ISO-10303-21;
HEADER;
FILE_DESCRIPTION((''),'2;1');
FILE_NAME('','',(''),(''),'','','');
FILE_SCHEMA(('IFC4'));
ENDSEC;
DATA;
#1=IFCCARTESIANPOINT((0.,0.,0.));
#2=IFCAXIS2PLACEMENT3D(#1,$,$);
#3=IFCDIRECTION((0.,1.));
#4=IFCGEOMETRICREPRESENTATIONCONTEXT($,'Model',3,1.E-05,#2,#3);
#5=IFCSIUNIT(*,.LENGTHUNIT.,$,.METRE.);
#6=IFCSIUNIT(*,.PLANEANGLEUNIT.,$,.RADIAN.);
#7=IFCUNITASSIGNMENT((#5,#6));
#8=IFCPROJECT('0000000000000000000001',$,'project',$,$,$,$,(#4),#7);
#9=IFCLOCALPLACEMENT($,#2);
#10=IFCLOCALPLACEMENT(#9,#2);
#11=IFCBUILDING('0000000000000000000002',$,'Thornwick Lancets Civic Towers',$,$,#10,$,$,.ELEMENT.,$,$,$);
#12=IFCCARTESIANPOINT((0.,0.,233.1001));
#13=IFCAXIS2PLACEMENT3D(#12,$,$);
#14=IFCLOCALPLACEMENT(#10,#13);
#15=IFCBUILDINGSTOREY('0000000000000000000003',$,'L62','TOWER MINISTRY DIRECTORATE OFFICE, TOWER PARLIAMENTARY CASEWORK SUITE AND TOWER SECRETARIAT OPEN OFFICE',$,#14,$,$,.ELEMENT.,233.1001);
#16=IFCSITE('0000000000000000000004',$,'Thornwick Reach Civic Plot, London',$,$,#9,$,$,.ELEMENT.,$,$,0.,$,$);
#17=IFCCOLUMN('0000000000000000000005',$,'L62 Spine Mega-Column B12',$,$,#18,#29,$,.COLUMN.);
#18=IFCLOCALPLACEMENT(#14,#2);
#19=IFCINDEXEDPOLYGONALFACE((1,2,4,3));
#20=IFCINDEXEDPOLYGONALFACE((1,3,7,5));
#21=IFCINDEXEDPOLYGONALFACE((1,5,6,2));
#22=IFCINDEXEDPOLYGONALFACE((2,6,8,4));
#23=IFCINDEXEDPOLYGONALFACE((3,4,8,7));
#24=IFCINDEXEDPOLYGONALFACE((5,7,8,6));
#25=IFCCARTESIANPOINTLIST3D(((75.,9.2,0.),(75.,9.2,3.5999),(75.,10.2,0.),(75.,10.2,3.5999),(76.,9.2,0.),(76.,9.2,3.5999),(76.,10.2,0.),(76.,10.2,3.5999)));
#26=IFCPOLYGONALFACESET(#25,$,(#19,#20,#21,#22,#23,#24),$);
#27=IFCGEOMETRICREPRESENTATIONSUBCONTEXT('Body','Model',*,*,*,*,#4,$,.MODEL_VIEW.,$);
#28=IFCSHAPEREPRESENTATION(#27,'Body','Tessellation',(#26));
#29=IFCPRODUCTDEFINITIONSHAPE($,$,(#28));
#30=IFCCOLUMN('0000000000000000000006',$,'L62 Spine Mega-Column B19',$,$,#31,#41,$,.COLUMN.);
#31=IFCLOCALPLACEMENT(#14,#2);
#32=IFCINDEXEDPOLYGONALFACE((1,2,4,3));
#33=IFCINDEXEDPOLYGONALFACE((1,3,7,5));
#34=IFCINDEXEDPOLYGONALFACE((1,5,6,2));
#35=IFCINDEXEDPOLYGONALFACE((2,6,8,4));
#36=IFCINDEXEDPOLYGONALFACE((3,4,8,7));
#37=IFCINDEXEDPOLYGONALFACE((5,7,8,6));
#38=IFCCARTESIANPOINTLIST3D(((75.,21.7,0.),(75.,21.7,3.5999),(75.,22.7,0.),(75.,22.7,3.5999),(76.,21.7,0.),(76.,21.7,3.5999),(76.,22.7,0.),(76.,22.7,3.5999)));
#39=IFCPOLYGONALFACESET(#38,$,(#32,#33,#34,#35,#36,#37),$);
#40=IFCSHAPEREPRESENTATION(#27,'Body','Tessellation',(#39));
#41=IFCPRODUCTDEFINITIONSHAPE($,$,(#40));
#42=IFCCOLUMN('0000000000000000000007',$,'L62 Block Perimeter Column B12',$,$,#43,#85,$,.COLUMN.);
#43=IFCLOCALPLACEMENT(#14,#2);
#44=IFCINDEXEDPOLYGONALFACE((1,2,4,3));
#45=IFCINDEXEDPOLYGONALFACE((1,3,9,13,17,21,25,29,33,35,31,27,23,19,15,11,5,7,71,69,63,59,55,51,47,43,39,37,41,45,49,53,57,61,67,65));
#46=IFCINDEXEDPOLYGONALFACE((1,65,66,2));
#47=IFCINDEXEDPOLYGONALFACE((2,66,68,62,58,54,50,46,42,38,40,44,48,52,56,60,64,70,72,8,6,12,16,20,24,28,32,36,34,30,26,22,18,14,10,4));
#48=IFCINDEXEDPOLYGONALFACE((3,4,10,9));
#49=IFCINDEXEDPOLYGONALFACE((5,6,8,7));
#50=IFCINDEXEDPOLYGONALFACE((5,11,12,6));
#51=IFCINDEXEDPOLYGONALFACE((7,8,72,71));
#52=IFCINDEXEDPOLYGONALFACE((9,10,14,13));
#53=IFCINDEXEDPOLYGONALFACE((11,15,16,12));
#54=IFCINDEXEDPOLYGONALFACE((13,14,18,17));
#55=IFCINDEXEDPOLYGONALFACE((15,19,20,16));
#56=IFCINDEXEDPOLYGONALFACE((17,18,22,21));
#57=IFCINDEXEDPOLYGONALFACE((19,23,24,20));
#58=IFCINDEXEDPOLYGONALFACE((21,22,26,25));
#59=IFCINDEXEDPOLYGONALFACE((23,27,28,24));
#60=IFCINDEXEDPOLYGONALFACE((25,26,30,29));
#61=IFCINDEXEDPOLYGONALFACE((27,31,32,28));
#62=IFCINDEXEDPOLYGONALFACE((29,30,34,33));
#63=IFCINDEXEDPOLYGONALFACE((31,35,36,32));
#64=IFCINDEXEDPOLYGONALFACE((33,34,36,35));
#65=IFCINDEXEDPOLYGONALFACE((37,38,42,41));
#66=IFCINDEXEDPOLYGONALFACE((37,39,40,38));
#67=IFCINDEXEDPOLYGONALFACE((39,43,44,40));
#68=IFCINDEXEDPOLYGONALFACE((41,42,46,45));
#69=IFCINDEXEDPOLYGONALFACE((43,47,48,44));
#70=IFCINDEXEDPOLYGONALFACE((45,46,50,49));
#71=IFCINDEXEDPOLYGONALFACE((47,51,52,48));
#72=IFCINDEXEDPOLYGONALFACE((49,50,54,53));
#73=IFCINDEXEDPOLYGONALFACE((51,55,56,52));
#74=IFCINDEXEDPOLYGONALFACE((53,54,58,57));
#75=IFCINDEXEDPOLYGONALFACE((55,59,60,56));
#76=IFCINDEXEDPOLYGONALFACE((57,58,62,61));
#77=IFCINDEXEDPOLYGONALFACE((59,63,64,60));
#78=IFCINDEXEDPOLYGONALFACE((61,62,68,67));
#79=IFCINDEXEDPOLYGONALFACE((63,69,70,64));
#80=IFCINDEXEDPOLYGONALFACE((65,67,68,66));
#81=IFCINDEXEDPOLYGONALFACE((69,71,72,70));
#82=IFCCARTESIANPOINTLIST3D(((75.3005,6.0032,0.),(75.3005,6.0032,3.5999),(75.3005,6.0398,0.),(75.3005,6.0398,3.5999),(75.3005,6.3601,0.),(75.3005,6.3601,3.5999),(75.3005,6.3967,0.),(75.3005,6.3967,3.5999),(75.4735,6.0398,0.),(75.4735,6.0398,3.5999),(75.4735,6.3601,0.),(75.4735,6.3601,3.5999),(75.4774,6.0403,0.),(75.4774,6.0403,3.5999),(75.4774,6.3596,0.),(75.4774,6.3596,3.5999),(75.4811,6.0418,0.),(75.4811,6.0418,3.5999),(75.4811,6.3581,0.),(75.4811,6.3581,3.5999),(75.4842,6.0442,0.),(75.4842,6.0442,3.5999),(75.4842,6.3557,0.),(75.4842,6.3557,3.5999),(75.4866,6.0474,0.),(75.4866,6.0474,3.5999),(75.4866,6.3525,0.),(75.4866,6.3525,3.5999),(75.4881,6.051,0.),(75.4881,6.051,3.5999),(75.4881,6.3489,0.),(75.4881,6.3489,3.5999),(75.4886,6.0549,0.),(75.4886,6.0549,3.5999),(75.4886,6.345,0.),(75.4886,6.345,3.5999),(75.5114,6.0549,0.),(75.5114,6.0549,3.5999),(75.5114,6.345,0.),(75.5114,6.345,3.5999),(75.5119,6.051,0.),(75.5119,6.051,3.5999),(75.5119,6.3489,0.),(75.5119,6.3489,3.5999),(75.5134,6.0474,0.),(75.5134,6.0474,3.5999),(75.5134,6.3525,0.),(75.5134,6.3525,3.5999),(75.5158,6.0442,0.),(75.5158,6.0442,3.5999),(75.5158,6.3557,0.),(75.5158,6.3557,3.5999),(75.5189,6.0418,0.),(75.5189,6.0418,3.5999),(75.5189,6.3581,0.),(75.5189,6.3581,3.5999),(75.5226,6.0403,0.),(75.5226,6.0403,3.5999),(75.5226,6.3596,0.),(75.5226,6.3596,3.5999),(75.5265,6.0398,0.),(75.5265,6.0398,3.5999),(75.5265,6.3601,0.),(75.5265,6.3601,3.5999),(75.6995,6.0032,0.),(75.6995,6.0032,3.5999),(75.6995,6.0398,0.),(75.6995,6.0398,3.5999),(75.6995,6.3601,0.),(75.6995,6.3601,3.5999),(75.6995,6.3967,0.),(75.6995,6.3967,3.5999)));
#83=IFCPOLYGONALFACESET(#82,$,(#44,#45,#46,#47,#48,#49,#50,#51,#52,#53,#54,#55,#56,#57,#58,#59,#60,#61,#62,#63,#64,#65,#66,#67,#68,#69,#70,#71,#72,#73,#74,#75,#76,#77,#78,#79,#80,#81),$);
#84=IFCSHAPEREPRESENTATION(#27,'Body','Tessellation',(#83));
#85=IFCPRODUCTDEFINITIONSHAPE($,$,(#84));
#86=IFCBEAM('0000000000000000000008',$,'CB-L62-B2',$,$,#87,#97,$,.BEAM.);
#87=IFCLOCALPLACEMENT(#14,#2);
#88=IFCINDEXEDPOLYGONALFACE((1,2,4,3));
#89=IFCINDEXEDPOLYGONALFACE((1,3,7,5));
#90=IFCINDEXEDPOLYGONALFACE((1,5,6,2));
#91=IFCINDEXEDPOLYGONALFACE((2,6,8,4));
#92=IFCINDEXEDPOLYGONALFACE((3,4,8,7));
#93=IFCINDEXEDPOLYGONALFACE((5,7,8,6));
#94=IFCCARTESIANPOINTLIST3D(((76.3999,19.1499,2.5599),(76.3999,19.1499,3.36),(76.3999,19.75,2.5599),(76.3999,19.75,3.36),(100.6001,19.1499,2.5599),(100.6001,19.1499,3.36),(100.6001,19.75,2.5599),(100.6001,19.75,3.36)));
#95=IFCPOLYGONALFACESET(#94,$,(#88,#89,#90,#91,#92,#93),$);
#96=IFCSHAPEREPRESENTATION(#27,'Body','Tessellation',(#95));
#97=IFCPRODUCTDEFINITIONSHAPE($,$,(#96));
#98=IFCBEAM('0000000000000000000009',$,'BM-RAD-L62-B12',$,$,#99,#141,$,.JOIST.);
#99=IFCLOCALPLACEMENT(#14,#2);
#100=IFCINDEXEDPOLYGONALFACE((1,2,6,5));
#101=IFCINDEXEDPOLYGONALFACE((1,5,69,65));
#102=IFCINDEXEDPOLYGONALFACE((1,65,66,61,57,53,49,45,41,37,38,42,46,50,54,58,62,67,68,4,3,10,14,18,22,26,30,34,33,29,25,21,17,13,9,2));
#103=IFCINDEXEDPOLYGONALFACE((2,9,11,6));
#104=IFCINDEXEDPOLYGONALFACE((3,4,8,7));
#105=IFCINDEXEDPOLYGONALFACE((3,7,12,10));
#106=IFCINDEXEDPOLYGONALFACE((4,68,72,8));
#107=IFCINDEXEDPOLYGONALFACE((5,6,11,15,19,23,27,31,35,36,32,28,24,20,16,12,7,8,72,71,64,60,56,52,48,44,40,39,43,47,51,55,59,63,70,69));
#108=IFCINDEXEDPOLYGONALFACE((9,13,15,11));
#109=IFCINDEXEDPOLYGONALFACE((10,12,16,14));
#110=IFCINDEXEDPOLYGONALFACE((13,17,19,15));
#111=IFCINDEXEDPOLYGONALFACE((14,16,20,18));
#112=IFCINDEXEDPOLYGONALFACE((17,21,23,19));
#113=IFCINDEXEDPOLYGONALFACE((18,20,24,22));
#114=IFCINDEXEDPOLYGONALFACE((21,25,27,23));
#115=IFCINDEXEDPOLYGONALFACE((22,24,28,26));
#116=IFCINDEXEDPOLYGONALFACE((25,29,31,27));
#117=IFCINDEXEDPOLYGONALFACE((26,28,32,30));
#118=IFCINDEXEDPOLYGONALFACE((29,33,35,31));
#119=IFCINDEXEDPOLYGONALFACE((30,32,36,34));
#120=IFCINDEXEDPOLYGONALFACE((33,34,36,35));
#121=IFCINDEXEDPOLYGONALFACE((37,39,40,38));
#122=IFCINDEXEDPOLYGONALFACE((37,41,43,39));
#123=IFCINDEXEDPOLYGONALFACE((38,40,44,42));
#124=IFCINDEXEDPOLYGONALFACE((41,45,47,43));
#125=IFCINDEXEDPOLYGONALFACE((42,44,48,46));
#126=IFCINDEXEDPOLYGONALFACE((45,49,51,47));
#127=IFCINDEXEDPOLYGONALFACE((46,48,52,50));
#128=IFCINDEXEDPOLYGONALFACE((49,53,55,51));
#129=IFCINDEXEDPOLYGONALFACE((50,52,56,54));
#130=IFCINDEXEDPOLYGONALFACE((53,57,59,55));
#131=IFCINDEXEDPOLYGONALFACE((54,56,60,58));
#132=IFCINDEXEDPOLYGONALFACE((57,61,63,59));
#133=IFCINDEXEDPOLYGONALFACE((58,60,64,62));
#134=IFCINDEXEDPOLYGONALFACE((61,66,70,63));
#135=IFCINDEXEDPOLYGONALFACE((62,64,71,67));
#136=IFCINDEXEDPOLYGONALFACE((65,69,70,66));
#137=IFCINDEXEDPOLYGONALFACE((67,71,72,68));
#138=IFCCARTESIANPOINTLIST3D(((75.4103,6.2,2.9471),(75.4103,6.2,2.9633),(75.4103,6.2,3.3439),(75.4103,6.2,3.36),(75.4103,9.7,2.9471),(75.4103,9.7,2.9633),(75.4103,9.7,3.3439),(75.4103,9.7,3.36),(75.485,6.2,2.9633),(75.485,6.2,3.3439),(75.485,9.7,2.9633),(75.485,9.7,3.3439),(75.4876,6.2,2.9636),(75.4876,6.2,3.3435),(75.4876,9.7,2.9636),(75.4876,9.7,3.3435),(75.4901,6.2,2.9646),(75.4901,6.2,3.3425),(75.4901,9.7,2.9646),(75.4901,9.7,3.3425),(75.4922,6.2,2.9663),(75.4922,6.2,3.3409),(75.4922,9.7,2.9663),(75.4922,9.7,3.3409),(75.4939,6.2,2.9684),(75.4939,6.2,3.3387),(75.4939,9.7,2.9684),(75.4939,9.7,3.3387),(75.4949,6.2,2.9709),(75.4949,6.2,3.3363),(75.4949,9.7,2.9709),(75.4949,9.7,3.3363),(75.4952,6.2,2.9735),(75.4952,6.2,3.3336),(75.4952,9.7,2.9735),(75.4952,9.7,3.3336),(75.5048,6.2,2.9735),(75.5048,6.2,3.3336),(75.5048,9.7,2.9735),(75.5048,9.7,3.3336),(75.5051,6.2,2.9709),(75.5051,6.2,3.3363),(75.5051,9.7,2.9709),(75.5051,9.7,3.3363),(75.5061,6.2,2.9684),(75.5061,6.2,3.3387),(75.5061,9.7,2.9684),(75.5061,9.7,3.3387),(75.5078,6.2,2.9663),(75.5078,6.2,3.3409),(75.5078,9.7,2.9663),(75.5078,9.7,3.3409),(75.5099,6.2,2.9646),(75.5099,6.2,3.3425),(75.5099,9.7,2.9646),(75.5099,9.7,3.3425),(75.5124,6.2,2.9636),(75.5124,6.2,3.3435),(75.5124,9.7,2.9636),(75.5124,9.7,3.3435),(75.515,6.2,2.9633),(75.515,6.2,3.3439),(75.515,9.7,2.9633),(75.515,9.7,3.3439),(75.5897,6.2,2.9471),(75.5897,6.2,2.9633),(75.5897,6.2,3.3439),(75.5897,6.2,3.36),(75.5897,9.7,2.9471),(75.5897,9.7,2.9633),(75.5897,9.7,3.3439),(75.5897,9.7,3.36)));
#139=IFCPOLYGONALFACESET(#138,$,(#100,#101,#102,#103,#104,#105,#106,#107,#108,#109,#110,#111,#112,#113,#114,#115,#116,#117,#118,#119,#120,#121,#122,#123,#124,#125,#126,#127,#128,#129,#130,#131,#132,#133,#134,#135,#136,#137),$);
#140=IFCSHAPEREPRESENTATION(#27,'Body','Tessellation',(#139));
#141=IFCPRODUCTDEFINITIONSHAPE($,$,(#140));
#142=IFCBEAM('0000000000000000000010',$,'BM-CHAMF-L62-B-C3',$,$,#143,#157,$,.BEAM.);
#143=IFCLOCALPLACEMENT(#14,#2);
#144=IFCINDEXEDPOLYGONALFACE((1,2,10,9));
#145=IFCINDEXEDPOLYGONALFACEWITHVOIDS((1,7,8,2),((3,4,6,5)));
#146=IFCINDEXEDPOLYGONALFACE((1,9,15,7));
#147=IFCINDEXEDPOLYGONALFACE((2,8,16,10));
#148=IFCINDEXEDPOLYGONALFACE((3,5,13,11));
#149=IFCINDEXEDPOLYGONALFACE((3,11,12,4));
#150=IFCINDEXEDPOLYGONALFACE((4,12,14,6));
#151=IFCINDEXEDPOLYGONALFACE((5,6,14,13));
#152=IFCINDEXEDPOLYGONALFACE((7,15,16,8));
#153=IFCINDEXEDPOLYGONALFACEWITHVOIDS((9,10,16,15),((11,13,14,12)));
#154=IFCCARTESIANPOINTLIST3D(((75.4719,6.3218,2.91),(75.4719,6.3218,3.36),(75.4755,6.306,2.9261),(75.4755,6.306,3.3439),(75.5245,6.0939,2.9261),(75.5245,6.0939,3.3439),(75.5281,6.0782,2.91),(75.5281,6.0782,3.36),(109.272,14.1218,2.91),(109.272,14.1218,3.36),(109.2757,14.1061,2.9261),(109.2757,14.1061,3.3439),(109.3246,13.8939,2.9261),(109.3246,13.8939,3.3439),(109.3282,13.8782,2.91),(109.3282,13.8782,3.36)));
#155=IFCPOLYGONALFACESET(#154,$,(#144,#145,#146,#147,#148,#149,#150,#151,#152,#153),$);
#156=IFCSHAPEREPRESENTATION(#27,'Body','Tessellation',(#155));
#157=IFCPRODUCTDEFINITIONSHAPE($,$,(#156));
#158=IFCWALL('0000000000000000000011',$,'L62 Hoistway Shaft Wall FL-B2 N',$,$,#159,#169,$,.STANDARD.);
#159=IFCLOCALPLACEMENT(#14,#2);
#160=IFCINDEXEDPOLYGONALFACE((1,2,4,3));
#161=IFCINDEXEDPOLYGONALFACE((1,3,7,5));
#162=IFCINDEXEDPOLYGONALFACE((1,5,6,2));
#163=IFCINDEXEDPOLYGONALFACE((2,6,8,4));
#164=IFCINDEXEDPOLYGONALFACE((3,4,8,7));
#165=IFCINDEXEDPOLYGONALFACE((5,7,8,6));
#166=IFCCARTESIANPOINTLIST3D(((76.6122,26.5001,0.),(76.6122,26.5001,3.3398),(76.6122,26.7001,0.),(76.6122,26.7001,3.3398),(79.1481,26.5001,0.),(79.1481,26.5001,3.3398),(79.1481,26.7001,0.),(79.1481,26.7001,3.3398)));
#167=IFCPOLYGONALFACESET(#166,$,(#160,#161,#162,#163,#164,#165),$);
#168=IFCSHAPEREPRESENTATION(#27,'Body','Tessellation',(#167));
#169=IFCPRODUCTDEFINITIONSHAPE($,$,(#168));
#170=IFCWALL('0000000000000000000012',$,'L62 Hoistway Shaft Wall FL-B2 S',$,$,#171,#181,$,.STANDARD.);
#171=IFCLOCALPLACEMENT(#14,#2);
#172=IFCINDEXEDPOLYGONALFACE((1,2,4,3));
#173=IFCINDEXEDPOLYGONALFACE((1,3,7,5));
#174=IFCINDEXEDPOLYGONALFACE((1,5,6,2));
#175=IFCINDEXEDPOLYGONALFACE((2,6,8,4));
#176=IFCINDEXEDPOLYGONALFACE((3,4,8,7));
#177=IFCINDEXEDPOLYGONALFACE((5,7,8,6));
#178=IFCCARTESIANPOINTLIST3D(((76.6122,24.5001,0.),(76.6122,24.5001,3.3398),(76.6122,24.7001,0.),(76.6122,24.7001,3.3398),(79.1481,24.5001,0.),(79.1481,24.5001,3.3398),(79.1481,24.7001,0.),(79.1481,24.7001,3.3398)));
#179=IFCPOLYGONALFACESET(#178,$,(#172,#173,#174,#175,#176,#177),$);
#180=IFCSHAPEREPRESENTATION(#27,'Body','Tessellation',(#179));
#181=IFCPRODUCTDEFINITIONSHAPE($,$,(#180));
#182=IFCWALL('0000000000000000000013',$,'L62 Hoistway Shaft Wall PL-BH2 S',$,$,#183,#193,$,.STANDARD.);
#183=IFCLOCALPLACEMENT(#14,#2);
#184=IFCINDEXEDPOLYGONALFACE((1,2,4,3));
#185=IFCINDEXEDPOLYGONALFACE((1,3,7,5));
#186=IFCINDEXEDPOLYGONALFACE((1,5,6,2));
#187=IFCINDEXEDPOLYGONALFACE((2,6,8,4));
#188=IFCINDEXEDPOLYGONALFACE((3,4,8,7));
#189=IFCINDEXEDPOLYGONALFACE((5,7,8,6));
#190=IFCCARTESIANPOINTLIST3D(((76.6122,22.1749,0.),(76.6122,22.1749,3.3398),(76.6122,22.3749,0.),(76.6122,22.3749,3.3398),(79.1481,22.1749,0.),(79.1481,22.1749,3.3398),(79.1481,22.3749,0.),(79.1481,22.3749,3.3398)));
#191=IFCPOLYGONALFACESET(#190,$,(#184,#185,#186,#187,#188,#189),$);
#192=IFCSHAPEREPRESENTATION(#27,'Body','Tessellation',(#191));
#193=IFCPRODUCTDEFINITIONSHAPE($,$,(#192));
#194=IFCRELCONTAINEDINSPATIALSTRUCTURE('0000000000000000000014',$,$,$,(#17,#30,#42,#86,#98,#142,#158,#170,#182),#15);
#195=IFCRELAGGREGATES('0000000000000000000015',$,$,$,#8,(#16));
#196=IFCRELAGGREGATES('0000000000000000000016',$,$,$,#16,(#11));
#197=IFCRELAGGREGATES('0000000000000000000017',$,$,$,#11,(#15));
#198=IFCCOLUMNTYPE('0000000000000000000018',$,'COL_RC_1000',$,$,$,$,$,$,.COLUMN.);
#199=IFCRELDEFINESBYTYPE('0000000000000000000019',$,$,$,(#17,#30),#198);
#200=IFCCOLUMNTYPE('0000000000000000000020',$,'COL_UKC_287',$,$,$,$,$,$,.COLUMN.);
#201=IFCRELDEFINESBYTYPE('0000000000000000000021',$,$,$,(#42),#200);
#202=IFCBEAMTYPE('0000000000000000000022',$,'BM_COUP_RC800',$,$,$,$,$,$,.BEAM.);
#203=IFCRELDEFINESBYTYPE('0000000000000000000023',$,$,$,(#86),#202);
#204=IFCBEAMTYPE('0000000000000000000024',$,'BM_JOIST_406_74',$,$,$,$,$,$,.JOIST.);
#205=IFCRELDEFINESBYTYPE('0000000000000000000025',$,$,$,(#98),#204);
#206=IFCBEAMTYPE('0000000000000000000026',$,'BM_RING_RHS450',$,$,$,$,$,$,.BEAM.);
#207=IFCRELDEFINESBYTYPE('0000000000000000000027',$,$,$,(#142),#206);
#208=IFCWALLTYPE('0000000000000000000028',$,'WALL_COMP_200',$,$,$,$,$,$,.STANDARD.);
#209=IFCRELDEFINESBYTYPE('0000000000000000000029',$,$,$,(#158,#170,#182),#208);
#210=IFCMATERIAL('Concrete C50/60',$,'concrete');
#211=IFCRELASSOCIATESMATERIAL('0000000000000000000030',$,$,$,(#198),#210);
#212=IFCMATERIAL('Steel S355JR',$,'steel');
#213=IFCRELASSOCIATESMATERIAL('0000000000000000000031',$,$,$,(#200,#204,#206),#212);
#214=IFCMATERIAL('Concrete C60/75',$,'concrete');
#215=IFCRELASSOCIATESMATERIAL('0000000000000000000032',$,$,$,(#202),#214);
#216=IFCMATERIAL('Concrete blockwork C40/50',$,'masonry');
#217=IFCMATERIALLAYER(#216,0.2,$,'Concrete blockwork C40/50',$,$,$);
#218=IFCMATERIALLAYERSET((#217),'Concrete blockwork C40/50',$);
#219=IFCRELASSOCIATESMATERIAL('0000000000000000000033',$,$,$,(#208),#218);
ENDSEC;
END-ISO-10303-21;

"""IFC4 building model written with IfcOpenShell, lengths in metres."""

from ifc_helpers import new_model, si_unit, direction, frame, frame_2d, origin, origin_2d, place, context, subcontext, project, spatial, rectangle, hollow_rectangle, i_section, extrude, material, layer, layer_set, material_profile, profile_set, type_object, element, save


model = new_model("IFC4")

# Units and contexts
model_context = context("Model", 3, precision=1e-05, world=origin(), true_north=direction((0.0, 1.0)))
body_context = subcontext(model_context, "Body", "Model", "MODEL_VIEW")
ifc_project = project(units=[si_unit("LENGTHUNIT", "METRE"), si_unit("PLANEANGLEUNIT", "RADIAN")], contexts=[model_context])

# Site, building, storey
site_placement = place(None, origin())
site = spatial("IfcSite", under=ifc_project, at=site_placement, Name="Thornwick Reach Civic Plot, London", CompositionType="ELEMENT", RefElevation=0.0)
building_placement = place(site_placement, origin())
building = spatial("IfcBuilding", under=site, at=building_placement, Name="Thornwick Lancets Civic Towers", CompositionType="ELEMENT")
storey_placement = place(building_placement, frame((0.0, 0.0, 233.1001)))
storey = spatial("IfcBuildingStorey", under=building, at=storey_placement, Name="L62", Description="TOWER MINISTRY DIRECTORATE OFFICE, TOWER PARLIAMENTARY CASEWORK SUITE AND TOWER SECRETARIAT OPEN OFFICE", CompositionType="ELEMENT", Elevation=233.1001)

# Columns
ifc_material_1 = material(Name="Concrete C50/60", Category="concrete")
ifc_material_profile_1 = material_profile(ifc_material_1, rectangle(XDim=1.0, YDim=1.0, at=origin_2d()), Name="RC 1000x1000")
ifc_profile_set_1 = profile_set([ifc_material_profile_1], Name="Concrete C50/60")
column_type_1 = type_object("IfcColumnType", Name="COL_RC_1000", PredefinedType="COLUMN", material=ifc_profile_set_1)
for number, where, z_axis, x_axis, name in (
    (1, (75.5, 9.7, 0.0), (0.0, 0.0, 1.0), (1.0, 0.0, 0.0), "L62 Spine Mega-Column B12"),
    (2, (75.5, 22.2, 0.0), (0.0, 0.0, 1.0), (1.0, 0.0, 0.0), "L62 Spine Mega-Column B19"),
):
    element("IfcColumn", number, at=place(storey_placement, frame(where, z_axis=z_axis, x_axis=x_axis)), inside=storey, type_object=column_type_1, Name=name, PredefinedType="COLUMN", context=body_context, shape_type="SweptSolid", body=[
        extrude(rectangle(XDim=1.0, YDim=1.0, at=origin_2d()), origin(), (0.0, 0.0, 1.0), 3.5999),
    ])
ifc_material_2 = material(Name="Steel S355JR", Category="steel")
ifc_material_profile_2 = material_profile(ifc_material_2, i_section(OverallWidth=0.3989, OverallDepth=0.3936, WebThickness=0.0227, FlangeThickness=0.0366, FilletRadius=0.0151, at=origin_2d()), Name="UKC 356x406x287")
ifc_profile_set_2 = profile_set([ifc_material_profile_2], Name="Steel S355JR")
column_type_2 = type_object("IfcColumnType", Name="COL_UKC_287", PredefinedType="COLUMN", material=ifc_profile_set_2)
column_placement = place(storey_placement, frame((75.5, 6.2, 0.0), z_axis=(0.0, 0.0, 1.0), x_axis=(1.0, 0.0, 0.0)))
element("IfcColumn", 3, at=column_placement, inside=storey, type_object=column_type_2, Name="L62 Block Perimeter Column B12", PredefinedType="COLUMN", context=body_context, shape_type="SweptSolid", body=[
    extrude(i_section(OverallWidth=0.3989, OverallDepth=0.3936, WebThickness=0.0227, FlangeThickness=0.0366, FilletRadius=0.0151, at=origin_2d()), origin(), (0.0, 0.0, 1.0), 3.5999),
])

# Beams
ifc_material_3 = material(Name="Concrete C60/75", Category="concrete")
ifc_material_profile_3 = material_profile(ifc_material_3, rectangle(XDim=0.6001, YDim=0.8, at=origin_2d()), Name="RC 600x800")
ifc_profile_set_3 = profile_set([ifc_material_profile_3], Name="Concrete C60/75")
beam_type_1 = type_object("IfcBeamType", Name="BM_COUP_RC800", PredefinedType="BEAM", material=ifc_profile_set_3)
beam_1_placement = place(storey_placement, frame((76.3999, 19.45, 2.96), z_axis=(1.0, 0.0, 0.0), x_axis=(0.0, 1.0, 0.0)))
element("IfcBeam", 4, at=beam_1_placement, inside=storey, type_object=beam_type_1, Name="CB-L62-B2", PredefinedType="BEAM", context=body_context, shape_type="SweptSolid", body=[
    extrude(rectangle(XDim=0.6001, YDim=0.8, at=origin_2d()), origin(), (0.0, 0.0, 1.0), 24.2002),
])
ifc_material_profile_4 = material_profile(ifc_material_2, i_section(OverallWidth=0.1794, OverallDepth=0.4128, WebThickness=0.0095, FlangeThickness=0.0161, FilletRadius=0.0103, at=origin_2d()), Name="UKB 406x178x74")
ifc_profile_set_4 = profile_set([ifc_material_profile_4], Name="Steel S355JR")
beam_type_2 = type_object("IfcBeamType", Name="BM_JOIST_406_74", PredefinedType="JOIST", material=ifc_profile_set_4)
beam_2_placement = place(storey_placement, frame((75.5, 9.7, 3.1536), z_axis=(0.0, -1.0, 0.0), x_axis=(1.0, 0.0, 0.0)))
element("IfcBeam", 5, at=beam_2_placement, inside=storey, type_object=beam_type_2, Name="BM-RAD-L62-B12", PredefinedType="JOIST", context=body_context, shape_type="SweptSolid", body=[
    extrude(i_section(OverallWidth=0.1794, OverallDepth=0.4128, WebThickness=0.0095, FlangeThickness=0.0161, FilletRadius=0.0103, at=origin_2d()), origin(), (0.0, 0.0, 1.0), 3.5),
])
ifc_material_profile_5 = material_profile(ifc_material_2, hollow_rectangle(XDim=0.25, YDim=0.45, WallThickness=0.0161, at=origin_2d()), Name="RHS 450x250x16")
ifc_profile_set_5 = profile_set([ifc_material_profile_5], Name="Steel S355JR")
beam_type_3 = type_object("IfcBeamType", Name="BM_RING_RHS450", PredefinedType="BEAM", material=ifc_profile_set_5)
beam_3_placement = place(storey_placement, frame((75.5, 6.2, 3.135), z_axis=(0.974391, 0.224861, 0.0), x_axis=(-0.224861, 0.974391, 0.0)))
element("IfcBeam", 6, at=beam_3_placement, inside=storey, type_object=beam_type_3, Name="BM-CHAMF-L62-B-C3", PredefinedType="BEAM", context=body_context, shape_type="SweptSolid", body=[
    extrude(hollow_rectangle(XDim=0.25, YDim=0.45, WallThickness=0.0161, at=origin_2d()), origin(), (0.0, 0.0, 1.0), 34.6885),
])

# Walls
ifc_material_4 = material(Name="Concrete blockwork C40/50", Category="masonry")
ifc_layer_1 = layer(ifc_material_4, 0.2, Name="Concrete blockwork C40/50")
ifc_layer_set_1 = layer_set([ifc_layer_1], Name="Concrete blockwork C40/50")
wall_type_1 = type_object("IfcWallType", Name="WALL_COMP_200", PredefinedType="STANDARD", material=ifc_layer_set_1)
for number, where, z_axis, x_axis, name in (
    (7, (76.6121, 26.6001, 0.0), (0.0, 0.0, 1.0), (1.0, 0.0, 0.0), "L62 Hoistway Shaft Wall FL-B2 N"),
    (8, (76.6121, 24.6001, 0.0), (0.0, 0.0, 1.0), (1.0, 0.0, 0.0), "L62 Hoistway Shaft Wall FL-B2 S"),
    (9, (76.6121, 22.2749, 0.0), (0.0, 0.0, 1.0), (1.0, 0.0, 0.0), "L62 Hoistway Shaft Wall PL-BH2 S"),
):
    element("IfcWall", number, at=place(storey_placement, frame(where, z_axis=z_axis, x_axis=x_axis)), inside=storey, type_object=wall_type_1, Name=name, PredefinedType="STANDARD", context=body_context, shape_type="SweptSolid", body=[
        extrude(rectangle(XDim=2.5359, YDim=0.2, at=frame_2d((1.2681, 0.0))), origin(), (0.0, 0.0, 1.0), 3.3398),
    ])

save(model, "model.ifc")
